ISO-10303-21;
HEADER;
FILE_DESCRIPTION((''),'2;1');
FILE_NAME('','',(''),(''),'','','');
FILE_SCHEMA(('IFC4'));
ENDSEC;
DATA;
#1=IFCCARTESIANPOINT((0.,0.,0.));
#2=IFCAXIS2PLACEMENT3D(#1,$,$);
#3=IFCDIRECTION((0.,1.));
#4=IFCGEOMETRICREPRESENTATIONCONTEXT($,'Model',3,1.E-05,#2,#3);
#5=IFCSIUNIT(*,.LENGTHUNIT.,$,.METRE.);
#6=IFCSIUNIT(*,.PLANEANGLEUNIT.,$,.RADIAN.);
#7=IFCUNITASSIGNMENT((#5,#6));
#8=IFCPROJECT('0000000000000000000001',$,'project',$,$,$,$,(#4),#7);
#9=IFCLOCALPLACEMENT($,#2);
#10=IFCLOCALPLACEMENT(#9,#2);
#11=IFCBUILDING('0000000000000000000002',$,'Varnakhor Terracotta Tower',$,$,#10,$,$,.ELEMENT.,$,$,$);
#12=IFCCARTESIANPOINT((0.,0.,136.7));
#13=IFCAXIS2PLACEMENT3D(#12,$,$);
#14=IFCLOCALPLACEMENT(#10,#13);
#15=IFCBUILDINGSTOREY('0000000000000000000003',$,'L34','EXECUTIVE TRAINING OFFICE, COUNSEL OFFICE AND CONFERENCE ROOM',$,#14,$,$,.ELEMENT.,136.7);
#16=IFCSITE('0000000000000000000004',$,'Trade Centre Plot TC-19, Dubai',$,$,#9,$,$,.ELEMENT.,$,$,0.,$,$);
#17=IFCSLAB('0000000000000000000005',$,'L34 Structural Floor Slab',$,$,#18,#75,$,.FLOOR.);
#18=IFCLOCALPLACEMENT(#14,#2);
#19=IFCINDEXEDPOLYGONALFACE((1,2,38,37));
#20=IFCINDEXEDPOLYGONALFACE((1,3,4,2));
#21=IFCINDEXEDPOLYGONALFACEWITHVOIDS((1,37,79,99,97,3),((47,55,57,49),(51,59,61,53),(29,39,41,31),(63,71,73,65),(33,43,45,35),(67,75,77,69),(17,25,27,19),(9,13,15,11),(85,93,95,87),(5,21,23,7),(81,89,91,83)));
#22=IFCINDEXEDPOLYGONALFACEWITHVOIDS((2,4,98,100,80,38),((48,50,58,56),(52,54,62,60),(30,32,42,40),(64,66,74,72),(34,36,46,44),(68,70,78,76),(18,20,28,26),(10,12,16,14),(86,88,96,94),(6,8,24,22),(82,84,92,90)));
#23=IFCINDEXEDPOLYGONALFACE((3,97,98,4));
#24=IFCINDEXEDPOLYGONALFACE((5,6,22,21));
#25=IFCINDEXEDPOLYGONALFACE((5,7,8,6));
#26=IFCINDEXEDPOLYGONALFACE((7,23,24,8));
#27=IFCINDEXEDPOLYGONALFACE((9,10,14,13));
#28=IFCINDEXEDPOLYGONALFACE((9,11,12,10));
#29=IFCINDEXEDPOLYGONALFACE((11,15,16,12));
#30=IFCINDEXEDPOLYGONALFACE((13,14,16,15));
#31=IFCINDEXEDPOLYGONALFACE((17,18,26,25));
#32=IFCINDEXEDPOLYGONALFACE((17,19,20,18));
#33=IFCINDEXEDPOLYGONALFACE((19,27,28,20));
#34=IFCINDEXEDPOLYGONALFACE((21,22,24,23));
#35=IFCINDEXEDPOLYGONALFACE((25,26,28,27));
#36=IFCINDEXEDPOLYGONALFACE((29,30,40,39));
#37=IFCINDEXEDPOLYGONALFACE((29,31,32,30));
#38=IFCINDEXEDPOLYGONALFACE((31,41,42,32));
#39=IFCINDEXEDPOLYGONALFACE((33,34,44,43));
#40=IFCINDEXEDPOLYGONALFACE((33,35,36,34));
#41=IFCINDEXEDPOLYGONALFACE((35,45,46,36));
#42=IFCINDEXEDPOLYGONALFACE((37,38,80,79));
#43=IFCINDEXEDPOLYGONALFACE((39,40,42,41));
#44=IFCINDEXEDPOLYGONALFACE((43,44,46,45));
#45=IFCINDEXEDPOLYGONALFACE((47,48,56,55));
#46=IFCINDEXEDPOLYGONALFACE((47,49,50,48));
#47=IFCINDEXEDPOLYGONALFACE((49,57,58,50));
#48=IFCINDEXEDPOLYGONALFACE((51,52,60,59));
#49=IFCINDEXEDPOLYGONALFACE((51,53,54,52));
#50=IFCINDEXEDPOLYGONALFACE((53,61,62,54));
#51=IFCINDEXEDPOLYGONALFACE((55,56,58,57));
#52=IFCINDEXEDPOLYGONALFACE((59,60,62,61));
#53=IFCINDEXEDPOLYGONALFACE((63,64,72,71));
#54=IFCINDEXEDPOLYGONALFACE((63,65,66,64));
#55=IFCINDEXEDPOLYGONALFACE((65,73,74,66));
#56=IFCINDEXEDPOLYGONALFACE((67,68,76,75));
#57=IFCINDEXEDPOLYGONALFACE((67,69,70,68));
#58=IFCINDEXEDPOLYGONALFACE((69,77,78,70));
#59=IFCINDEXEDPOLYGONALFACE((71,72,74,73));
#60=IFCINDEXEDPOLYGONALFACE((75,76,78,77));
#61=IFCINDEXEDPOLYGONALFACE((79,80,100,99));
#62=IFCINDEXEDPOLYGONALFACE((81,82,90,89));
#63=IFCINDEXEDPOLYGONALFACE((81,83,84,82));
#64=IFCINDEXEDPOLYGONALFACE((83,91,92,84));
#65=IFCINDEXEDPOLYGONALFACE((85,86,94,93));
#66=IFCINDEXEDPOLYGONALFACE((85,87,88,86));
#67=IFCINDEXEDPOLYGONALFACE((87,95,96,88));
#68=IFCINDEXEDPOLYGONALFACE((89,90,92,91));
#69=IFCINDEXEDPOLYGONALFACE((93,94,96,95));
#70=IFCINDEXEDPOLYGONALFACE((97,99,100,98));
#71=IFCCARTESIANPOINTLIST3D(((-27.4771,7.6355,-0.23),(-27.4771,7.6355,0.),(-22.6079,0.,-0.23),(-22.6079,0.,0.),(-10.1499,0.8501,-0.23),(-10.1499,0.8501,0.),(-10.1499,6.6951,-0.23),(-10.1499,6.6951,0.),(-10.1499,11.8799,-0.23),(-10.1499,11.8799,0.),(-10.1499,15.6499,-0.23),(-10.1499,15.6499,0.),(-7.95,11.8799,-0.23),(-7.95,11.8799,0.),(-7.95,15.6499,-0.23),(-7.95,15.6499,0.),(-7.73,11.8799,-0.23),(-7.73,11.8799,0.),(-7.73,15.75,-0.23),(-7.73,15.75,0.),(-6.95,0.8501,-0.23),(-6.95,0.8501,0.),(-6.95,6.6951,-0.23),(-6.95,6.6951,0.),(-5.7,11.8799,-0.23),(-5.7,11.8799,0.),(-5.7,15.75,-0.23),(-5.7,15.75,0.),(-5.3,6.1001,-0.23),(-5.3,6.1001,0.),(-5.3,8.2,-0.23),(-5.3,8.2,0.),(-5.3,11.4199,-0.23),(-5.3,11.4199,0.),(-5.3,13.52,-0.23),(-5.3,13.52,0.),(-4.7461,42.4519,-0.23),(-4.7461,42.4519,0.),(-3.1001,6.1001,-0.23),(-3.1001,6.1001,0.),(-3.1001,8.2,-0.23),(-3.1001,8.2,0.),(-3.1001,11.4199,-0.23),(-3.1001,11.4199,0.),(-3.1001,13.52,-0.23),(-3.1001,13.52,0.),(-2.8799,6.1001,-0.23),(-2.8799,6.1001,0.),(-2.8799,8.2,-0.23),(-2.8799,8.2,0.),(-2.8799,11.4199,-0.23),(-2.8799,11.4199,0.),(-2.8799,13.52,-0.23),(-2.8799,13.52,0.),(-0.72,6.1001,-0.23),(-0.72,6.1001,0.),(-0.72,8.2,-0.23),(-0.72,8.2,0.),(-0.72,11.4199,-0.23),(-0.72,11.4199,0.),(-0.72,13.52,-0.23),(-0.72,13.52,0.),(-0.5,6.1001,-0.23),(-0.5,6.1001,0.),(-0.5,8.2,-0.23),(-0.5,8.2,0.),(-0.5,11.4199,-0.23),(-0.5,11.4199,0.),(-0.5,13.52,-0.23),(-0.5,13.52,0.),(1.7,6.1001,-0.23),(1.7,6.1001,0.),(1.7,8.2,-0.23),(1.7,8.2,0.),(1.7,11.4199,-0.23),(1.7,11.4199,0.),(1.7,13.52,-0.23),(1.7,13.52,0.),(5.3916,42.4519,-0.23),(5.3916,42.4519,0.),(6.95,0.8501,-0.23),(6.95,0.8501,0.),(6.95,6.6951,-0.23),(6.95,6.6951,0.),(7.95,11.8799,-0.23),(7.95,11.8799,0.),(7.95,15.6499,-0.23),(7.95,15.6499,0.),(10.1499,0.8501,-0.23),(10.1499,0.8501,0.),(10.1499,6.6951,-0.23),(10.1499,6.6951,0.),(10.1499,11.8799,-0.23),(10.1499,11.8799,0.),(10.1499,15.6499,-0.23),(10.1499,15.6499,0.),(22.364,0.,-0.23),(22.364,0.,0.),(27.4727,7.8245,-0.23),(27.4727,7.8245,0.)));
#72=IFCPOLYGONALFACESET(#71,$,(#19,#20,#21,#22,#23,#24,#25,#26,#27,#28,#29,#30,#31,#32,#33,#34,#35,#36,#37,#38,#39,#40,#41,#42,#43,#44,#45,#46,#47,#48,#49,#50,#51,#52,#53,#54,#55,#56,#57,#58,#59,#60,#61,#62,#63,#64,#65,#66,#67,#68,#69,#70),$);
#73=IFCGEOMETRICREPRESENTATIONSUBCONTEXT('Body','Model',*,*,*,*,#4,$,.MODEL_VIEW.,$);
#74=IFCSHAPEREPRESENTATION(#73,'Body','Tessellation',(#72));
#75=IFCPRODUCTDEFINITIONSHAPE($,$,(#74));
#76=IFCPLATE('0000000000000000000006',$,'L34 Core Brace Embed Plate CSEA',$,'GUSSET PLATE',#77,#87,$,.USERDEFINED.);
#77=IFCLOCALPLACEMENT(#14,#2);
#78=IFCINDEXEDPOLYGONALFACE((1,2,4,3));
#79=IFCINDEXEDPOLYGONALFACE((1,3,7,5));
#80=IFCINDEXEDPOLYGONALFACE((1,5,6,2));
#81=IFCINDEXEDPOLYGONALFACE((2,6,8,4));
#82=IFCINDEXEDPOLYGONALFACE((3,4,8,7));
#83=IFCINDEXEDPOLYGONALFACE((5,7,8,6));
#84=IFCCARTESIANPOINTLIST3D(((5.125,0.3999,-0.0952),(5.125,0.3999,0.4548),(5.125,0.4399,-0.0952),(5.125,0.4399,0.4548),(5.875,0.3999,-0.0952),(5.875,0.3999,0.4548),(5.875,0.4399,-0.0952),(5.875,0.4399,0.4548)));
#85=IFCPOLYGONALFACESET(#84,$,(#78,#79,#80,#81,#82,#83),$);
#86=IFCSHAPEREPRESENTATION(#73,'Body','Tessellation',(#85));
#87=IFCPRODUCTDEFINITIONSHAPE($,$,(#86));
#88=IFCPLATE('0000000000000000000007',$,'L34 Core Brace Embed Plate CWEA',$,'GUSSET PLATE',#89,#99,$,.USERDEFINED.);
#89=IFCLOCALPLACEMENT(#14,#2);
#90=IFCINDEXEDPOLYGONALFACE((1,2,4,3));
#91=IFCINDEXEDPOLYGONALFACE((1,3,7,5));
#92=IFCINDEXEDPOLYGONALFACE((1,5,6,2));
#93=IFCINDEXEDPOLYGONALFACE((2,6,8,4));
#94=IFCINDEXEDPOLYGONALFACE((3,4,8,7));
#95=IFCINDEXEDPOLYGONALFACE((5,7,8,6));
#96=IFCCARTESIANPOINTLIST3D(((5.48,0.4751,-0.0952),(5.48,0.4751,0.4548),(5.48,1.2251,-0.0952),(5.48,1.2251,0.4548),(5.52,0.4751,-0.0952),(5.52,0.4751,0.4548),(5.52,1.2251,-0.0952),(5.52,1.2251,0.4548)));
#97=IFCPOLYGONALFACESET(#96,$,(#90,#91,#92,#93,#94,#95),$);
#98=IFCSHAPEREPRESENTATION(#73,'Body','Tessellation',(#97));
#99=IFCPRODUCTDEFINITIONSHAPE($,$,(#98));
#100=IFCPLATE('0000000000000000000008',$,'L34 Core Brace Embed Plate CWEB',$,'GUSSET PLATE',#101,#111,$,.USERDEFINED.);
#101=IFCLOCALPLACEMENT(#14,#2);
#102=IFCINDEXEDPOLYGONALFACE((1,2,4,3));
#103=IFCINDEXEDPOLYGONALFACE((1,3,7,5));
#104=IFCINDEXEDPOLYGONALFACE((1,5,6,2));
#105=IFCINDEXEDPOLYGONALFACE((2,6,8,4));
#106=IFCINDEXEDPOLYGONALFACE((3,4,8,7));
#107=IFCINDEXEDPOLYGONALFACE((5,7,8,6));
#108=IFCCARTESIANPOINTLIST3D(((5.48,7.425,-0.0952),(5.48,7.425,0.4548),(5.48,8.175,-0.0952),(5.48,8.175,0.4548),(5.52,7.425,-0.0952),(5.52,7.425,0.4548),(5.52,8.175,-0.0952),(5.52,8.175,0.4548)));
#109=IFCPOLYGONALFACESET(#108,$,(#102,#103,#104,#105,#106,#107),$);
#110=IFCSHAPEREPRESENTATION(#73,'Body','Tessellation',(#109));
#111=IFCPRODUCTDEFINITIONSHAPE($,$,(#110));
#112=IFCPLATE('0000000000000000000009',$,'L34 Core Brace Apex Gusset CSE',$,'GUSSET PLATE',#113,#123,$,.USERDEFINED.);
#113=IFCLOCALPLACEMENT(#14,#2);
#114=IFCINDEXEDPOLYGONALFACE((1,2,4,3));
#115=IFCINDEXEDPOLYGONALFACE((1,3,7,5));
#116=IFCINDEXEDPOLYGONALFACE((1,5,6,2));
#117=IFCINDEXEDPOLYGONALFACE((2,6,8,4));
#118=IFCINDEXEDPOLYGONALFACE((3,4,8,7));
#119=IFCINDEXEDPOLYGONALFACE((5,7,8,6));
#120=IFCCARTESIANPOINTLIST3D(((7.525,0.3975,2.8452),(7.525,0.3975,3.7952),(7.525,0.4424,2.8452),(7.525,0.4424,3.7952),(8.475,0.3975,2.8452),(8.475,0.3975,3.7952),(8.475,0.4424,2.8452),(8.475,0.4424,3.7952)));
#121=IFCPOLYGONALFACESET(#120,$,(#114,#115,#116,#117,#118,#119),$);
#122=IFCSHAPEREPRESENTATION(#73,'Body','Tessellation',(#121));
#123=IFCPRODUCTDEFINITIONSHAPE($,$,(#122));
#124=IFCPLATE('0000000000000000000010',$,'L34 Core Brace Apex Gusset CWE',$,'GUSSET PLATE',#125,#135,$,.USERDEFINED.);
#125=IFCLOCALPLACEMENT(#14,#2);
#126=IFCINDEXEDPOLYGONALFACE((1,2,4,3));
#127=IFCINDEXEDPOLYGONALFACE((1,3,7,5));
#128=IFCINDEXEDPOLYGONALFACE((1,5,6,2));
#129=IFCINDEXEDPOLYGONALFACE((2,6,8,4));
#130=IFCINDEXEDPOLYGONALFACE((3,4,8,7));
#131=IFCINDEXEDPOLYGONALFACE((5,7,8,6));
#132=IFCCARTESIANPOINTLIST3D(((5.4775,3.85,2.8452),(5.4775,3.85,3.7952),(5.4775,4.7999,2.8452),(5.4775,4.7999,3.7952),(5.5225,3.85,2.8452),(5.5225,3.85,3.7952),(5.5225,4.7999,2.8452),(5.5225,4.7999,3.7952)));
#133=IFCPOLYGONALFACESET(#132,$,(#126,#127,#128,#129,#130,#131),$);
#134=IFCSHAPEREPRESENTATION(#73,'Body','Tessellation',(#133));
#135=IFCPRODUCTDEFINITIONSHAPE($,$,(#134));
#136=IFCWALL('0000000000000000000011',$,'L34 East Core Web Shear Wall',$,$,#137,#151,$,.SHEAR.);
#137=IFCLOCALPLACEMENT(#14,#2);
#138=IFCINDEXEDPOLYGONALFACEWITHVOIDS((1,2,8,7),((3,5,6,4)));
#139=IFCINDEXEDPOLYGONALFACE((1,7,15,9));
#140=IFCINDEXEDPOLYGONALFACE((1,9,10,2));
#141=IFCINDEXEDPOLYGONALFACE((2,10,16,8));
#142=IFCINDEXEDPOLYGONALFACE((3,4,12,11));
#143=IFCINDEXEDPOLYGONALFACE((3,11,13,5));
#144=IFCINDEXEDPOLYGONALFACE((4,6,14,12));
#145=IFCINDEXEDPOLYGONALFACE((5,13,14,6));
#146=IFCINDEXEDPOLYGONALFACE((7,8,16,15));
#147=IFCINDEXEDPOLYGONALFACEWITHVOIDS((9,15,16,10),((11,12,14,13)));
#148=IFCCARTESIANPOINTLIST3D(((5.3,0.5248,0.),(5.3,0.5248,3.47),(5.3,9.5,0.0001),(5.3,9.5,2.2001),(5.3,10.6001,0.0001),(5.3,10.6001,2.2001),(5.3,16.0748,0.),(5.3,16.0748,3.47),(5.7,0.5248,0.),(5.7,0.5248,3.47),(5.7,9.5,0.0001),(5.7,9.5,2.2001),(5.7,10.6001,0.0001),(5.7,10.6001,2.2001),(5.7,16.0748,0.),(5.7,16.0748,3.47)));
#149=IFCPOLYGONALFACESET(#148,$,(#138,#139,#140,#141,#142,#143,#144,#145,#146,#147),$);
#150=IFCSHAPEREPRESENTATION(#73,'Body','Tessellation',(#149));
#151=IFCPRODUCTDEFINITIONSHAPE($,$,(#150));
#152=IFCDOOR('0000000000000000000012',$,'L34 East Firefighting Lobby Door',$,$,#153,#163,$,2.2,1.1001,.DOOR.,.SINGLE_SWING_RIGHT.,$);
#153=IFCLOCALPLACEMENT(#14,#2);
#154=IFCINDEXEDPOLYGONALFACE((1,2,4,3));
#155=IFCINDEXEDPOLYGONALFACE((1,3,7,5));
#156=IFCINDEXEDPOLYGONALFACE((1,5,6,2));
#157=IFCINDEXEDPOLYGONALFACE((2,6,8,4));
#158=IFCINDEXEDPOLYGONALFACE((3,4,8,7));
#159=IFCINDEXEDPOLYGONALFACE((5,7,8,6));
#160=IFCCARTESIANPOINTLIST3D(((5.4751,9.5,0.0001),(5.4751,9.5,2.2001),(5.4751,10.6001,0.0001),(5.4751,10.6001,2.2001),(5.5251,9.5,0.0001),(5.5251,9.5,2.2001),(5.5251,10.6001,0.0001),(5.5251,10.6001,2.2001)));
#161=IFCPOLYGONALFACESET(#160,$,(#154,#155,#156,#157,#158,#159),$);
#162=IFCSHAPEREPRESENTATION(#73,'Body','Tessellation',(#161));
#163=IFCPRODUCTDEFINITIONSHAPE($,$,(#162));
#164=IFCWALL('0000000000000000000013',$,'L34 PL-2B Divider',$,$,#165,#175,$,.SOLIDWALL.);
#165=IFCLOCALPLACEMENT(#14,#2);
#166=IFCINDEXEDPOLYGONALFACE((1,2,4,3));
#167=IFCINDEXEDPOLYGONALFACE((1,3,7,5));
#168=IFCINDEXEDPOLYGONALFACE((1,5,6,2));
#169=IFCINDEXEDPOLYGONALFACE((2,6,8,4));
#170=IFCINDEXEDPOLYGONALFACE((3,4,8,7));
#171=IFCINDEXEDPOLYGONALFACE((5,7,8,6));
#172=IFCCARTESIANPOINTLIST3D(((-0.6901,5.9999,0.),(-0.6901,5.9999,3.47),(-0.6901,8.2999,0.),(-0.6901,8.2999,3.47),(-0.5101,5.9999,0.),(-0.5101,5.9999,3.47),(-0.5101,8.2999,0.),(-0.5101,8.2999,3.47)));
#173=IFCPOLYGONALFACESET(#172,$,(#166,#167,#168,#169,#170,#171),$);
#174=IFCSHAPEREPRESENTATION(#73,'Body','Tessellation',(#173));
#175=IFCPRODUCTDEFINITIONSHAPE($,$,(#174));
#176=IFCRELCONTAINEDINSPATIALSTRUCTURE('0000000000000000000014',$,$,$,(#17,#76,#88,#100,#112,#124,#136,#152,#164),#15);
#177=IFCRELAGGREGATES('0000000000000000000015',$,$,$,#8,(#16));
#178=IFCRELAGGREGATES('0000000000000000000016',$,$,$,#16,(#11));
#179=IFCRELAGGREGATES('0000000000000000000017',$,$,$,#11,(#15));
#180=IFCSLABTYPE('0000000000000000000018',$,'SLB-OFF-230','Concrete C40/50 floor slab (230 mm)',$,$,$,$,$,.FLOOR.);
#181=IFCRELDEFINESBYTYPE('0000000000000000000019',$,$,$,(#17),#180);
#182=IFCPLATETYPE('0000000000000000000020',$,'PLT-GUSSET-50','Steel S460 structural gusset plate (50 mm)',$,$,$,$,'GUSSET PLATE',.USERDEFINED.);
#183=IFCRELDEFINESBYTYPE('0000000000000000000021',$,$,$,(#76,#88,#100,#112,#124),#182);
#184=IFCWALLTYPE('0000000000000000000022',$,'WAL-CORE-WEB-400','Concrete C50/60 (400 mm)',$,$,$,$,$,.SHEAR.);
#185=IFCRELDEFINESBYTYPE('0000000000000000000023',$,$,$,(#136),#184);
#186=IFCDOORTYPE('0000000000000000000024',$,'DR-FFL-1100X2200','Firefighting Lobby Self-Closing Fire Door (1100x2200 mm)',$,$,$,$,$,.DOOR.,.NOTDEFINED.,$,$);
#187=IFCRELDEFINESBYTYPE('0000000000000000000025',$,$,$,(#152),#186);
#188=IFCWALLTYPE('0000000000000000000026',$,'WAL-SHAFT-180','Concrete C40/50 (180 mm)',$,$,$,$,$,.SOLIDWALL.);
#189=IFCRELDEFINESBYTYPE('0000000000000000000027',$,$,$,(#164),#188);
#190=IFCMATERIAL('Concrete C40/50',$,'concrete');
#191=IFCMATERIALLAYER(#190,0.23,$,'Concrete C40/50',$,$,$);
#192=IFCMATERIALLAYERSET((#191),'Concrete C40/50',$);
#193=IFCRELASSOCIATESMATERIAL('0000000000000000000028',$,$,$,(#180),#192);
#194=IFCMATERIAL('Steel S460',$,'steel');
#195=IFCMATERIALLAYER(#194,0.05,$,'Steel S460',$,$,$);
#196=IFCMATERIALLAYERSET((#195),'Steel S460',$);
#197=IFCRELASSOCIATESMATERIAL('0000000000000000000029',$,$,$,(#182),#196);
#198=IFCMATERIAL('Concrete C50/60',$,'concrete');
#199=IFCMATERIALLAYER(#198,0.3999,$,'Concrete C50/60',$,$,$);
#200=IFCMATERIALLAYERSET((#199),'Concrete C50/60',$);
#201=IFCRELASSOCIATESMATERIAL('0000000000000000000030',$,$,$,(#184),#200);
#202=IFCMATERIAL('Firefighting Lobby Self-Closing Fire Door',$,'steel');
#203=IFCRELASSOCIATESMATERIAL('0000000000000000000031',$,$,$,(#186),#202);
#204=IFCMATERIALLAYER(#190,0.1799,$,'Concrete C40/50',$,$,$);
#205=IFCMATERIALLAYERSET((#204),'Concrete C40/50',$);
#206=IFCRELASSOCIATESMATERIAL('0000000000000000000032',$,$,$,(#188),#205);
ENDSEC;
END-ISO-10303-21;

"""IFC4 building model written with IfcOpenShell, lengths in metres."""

from ifc_helpers import new_model, si_unit, direction, frame, frame_2d, origin, origin_2d, place, context, subcontext, project, spatial, polyline, rectangle, outline, extrude, source, transform, mapped, material, layer, layer_set, type_object, type_shapes, element, fill, save


model = new_model("IFC4")

# Units and contexts
model_context = context("Model", 3, precision=1e-05, world=origin(), true_north=direction((0.0, 1.0)))
body_context = subcontext(model_context, "Body", "Model", "MODEL_VIEW")
ifc_project = project(units=[si_unit("LENGTHUNIT", "METRE"), si_unit("PLANEANGLEUNIT", "RADIAN")], contexts=[model_context])

# Site, building, storey
site_placement = place(None, origin())
site = spatial("IfcSite", under=ifc_project, at=site_placement, Name="Trade Centre Plot TC-19, Dubai", CompositionType="ELEMENT", RefElevation=0.0)
building_placement = place(site_placement, origin())
building = spatial("IfcBuilding", under=site, at=building_placement, Name="Varnakhor Terracotta Tower", CompositionType="ELEMENT")
storey_placement = place(building_placement, frame((0.0, 0.0, 136.7)))
storey = spatial("IfcBuildingStorey", under=building, at=storey_placement, Name="L34", Description="EXECUTIVE TRAINING OFFICE, COUNSEL OFFICE AND CONFERENCE ROOM", CompositionType="ELEMENT", Elevation=136.7)

# Shared definitions
ifc_material_1 = material(Name="Concrete C50/60", Category="concrete")

# Shared definitions
ifc_material_2 = material(Name="Steel S460", Category="steel")

# Shared definitions
ifc_material_3 = material(Name="Concrete C40/50", Category="concrete")

# Slab
ifc_layer_1 = layer(ifc_material_3, 0.23, Name="Concrete C40/50")
ifc_layer_set_1 = layer_set([ifc_layer_1], Name="Concrete C40/50")
slab_type_1 = type_object("IfcSlabType", Name="SLB-OFF-230", Description="Concrete C40/50 floor slab (230 mm)", PredefinedType="FLOOR", material=ifc_layer_set_1)
slab_1_placement = place(storey_placement, frame((0.0, 0.0, -0.23)))
element("IfcSlab", 1, at=slab_1_placement, inside=storey, type_object=slab_type_1, Name="L34 Structural Floor Slab", PredefinedType="FLOOR", context=body_context, shape_type="SweptSolid", body=[
    extrude(outline(polyline([(-27.4771, 7.6355), (-4.7461, 42.4519), (5.3916, 42.4519), (27.4727, 7.8245), (22.364, 0.0), (-22.6079, 0.0), (-27.4771, 7.6355)]), holes=[polyline([(-6.95, 0.8501), (-6.95, 6.6951), (-10.1499, 6.6951), (-10.1499, 0.8501), (-6.95, 0.8501)]), polyline([(-3.1001, 6.1001), (-3.1001, 8.2), (-5.3, 8.2), (-5.3, 6.1001), (-3.1001, 6.1001)]), polyline([(-0.72, 6.1001), (-0.72, 8.2), (-2.8799, 8.2), (-2.8799, 6.1001), (-0.72, 6.1001)]), polyline([(-5.3, 11.4199), (-3.1001, 11.4199), (-3.1001, 13.52), (-5.3, 13.52), (-5.3, 11.4199)]), polyline([(-10.1499, 11.8799), (-7.95, 11.8799), (-7.95, 15.6499), (-10.1499, 15.6499), (-10.1499, 11.8799)]), polyline([(-5.7, 11.8799), (-5.7, 15.75), (-7.73, 15.75), (-7.73, 11.8799), (-5.7, 11.8799)]), polyline([(6.95, 0.8501), (10.1499, 0.8501), (10.1499, 6.6951), (6.95, 6.6951), (6.95, 0.8501)]), polyline([(-0.5, 6.1001), (1.7, 6.1001), (1.7, 8.2), (-0.5, 8.2), (-0.5, 6.1001)]), polyline([(-0.72, 11.4199), (-0.72, 13.52), (-2.8799, 13.52), (-2.8799, 11.4199), (-0.72, 11.4199)]), polyline([(-0.5, 11.4199), (1.7, 11.4199), (1.7, 13.52), (-0.5, 13.52), (-0.5, 11.4199)]), polyline([(7.95, 11.8799), (10.1499, 11.8799), (10.1499, 15.6499), (7.95, 15.6499), (7.95, 11.8799)])]), origin(), (0.0, 0.0, 1.0), 0.23),
])

# Plates
ifc_layer_2 = layer(ifc_material_2, 0.05, Name="Steel S460")
ifc_layer_set_2 = layer_set([ifc_layer_2], Name="Steel S460")
plate_type = type_object("IfcPlateType", Name="PLT-GUSSET-50", Description="Steel S460 structural gusset plate (50 mm)", ElementType="GUSSET PLATE", PredefinedType="USERDEFINED", material=ifc_layer_set_2)
shared_shape_1 = source(origin(), body_context, "Body", "SweptSolid", [
    extrude(rectangle(XDim=0.75, YDim=0.04, at=origin_2d()), origin(), (0.0, 0.0, 1.0), 0.55),
])
type_shapes(plate_type, [shared_shape_1])
for number, where, z_axis, x_axis, name in (
    (2, (5.5, 0.4199, -0.0952), (0.0, 0.0, 1.0), (1.0, 0.0, 0.0), "L34 Core Brace Embed Plate CSEA"),
    (3, (5.5, 0.8501, -0.0952), (0.0, 0.0, 1.0), (0.0, 1.0, 0.0), "L34 Core Brace Embed Plate CWEA"),
    (4, (5.5, 7.8, -0.0952), (0.0, 0.0, 1.0), (0.0, 1.0, 0.0), "L34 Core Brace Embed Plate CWEB"),
):
    element("IfcPlate", number, at=place(storey_placement, frame(where, z_axis=z_axis, x_axis=x_axis)), inside=storey, type_object=plate_type, Name=name, ObjectType="GUSSET PLATE", PredefinedType="USERDEFINED", context=body_context, shape_type="MappedRepresentation", body=[
        mapped(shared_shape_1, transform((0.0, 0.0, 0.0), scale=1.0)),
    ])
shared_shape_2 = source(origin(), body_context, "Body", "SweptSolid", [
    extrude(rectangle(XDim=0.95, YDim=0.0449, at=origin_2d()), origin(), (0.0, 0.0, 1.0), 0.95),
])
for number, where, z_axis, x_axis, name in (
    (5, (8.0, 0.4199, 2.8452), (0.0, 0.0, 1.0), (1.0, 0.0, 0.0), "L34 Core Brace Apex Gusset CSE"),
    (6, (5.5, 4.325, 2.8452), (0.0, 0.0, 1.0), (0.0, 1.0, 0.0), "L34 Core Brace Apex Gusset CWE"),
):
    element("IfcPlate", number, at=place(storey_placement, frame(where, z_axis=z_axis, x_axis=x_axis)), inside=storey, type_object=plate_type, Name=name, ObjectType="GUSSET PLATE", PredefinedType="USERDEFINED", context=body_context, shape_type="MappedRepresentation", body=[
        mapped(shared_shape_2, transform((0.0, 0.0, 0.0), scale=1.0)),
    ])

# Wall, opening, door
ifc_layer_3 = layer(ifc_material_1, 0.3999, Name="Concrete C50/60")
ifc_layer_set_3 = layer_set([ifc_layer_3], Name="Concrete C50/60")
wall_type_1 = type_object("IfcWallType", Name="WAL-CORE-WEB-400", Description="Concrete C50/60 (400 mm)", PredefinedType="SHEAR", material=ifc_layer_set_3)
wall_1_placement = place(storey_placement, frame((5.5, 0.5249, 0.0), z_axis=(0.0, 0.0, 1.0), x_axis=(0.0, 1.0, 0.0)))
wall_1 = element("IfcWall", 7, at=wall_1_placement, inside=storey, type_object=wall_type_1, Name="L34 East Core Web Shear Wall", PredefinedType="SHEAR", context=body_context, shape_type="SweptSolid", body=[
    extrude(rectangle(XDim=15.55, YDim=0.3999, at=frame_2d((7.7749, 0.0))), origin(), (0.0, 0.0, 1.0), 3.47),
])
opening_1_placement = place(wall_1_placement, frame((8.9751, 0.0, 0.0)))
opening_1 = element("IfcOpeningElement", 8, at=opening_1_placement, cuts=wall_1, PredefinedType="OPENING", context=body_context, shape_type="SweptSolid", body=[
    extrude(rectangle(XDim=1.1001, YDim=2.2, at=frame_2d((0.55, 1.1001))), frame((0.0, 0.21, 0.0), z_axis=(0.0, -1.0, 0.0), x_axis=(1.0, 0.0, 0.0)), (0.0, 0.0, 1.0), 0.4199),
])
ifc_material_4 = material(Name="Firefighting Lobby Self-Closing Fire Door", Category="steel")
door_type_1 = type_object("IfcDoorType", Name="DR-FFL-1100X2200", Description="Firefighting Lobby Self-Closing Fire Door (1100x2200 mm)", OperationType="NOTDEFINED", PredefinedType="DOOR", material=ifc_material_4)
shared_shape_3 = source(origin(), body_context, "Body", "SweptSolid", [
    extrude(rectangle(XDim=1.1001, YDim=2.2, at=frame_2d((0.55, 1.1001))), frame((0.0, 0.0249, 0.0), z_axis=(0.0, -1.0, 0.0), x_axis=(1.0, 0.0, 0.0)), (0.0, 0.0, 1.0), 0.05),
])
type_shapes(door_type_1, [shared_shape_3])
door_1_placement = place(opening_1_placement, origin())
door_1 = element("IfcDoor", 9, at=door_1_placement, inside=storey, type_object=door_type_1, Name="L34 East Firefighting Lobby Door", OperationType="SINGLE_SWING_RIGHT", OverallHeight=2.2, OverallWidth=1.1001, PredefinedType="DOOR", context=body_context, shape_type="MappedRepresentation", body=[
    mapped(shared_shape_3, transform((0.0, 0.0, 0.0), scale=1.0)),
])
fill(opening_1, door_1)

# Wall
ifc_layer_4 = layer(ifc_material_3, 0.1799, Name="Concrete C40/50")
ifc_layer_set_4 = layer_set([ifc_layer_4], Name="Concrete C40/50")
wall_type_2 = type_object("IfcWallType", Name="WAL-SHAFT-180", Description="Concrete C40/50 (180 mm)", PredefinedType="SOLIDWALL", material=ifc_layer_set_4)
wall_2_placement = place(storey_placement, frame((-0.6001, 6.0, 0.0), z_axis=(0.0, 0.0, 1.0), x_axis=(0.0, 1.0, 0.0)))
element("IfcWall", 10, at=wall_2_placement, inside=storey, type_object=wall_type_2, Name="L34 PL-2B Divider", PredefinedType="SOLIDWALL", context=body_context, shape_type="SweptSolid", body=[
    extrude(rectangle(XDim=2.3, YDim=0.1799, at=frame_2d((1.1499, 0.0))), origin(), (0.0, 0.0, 1.0), 3.47),
])

save(model, "model.ifc")
